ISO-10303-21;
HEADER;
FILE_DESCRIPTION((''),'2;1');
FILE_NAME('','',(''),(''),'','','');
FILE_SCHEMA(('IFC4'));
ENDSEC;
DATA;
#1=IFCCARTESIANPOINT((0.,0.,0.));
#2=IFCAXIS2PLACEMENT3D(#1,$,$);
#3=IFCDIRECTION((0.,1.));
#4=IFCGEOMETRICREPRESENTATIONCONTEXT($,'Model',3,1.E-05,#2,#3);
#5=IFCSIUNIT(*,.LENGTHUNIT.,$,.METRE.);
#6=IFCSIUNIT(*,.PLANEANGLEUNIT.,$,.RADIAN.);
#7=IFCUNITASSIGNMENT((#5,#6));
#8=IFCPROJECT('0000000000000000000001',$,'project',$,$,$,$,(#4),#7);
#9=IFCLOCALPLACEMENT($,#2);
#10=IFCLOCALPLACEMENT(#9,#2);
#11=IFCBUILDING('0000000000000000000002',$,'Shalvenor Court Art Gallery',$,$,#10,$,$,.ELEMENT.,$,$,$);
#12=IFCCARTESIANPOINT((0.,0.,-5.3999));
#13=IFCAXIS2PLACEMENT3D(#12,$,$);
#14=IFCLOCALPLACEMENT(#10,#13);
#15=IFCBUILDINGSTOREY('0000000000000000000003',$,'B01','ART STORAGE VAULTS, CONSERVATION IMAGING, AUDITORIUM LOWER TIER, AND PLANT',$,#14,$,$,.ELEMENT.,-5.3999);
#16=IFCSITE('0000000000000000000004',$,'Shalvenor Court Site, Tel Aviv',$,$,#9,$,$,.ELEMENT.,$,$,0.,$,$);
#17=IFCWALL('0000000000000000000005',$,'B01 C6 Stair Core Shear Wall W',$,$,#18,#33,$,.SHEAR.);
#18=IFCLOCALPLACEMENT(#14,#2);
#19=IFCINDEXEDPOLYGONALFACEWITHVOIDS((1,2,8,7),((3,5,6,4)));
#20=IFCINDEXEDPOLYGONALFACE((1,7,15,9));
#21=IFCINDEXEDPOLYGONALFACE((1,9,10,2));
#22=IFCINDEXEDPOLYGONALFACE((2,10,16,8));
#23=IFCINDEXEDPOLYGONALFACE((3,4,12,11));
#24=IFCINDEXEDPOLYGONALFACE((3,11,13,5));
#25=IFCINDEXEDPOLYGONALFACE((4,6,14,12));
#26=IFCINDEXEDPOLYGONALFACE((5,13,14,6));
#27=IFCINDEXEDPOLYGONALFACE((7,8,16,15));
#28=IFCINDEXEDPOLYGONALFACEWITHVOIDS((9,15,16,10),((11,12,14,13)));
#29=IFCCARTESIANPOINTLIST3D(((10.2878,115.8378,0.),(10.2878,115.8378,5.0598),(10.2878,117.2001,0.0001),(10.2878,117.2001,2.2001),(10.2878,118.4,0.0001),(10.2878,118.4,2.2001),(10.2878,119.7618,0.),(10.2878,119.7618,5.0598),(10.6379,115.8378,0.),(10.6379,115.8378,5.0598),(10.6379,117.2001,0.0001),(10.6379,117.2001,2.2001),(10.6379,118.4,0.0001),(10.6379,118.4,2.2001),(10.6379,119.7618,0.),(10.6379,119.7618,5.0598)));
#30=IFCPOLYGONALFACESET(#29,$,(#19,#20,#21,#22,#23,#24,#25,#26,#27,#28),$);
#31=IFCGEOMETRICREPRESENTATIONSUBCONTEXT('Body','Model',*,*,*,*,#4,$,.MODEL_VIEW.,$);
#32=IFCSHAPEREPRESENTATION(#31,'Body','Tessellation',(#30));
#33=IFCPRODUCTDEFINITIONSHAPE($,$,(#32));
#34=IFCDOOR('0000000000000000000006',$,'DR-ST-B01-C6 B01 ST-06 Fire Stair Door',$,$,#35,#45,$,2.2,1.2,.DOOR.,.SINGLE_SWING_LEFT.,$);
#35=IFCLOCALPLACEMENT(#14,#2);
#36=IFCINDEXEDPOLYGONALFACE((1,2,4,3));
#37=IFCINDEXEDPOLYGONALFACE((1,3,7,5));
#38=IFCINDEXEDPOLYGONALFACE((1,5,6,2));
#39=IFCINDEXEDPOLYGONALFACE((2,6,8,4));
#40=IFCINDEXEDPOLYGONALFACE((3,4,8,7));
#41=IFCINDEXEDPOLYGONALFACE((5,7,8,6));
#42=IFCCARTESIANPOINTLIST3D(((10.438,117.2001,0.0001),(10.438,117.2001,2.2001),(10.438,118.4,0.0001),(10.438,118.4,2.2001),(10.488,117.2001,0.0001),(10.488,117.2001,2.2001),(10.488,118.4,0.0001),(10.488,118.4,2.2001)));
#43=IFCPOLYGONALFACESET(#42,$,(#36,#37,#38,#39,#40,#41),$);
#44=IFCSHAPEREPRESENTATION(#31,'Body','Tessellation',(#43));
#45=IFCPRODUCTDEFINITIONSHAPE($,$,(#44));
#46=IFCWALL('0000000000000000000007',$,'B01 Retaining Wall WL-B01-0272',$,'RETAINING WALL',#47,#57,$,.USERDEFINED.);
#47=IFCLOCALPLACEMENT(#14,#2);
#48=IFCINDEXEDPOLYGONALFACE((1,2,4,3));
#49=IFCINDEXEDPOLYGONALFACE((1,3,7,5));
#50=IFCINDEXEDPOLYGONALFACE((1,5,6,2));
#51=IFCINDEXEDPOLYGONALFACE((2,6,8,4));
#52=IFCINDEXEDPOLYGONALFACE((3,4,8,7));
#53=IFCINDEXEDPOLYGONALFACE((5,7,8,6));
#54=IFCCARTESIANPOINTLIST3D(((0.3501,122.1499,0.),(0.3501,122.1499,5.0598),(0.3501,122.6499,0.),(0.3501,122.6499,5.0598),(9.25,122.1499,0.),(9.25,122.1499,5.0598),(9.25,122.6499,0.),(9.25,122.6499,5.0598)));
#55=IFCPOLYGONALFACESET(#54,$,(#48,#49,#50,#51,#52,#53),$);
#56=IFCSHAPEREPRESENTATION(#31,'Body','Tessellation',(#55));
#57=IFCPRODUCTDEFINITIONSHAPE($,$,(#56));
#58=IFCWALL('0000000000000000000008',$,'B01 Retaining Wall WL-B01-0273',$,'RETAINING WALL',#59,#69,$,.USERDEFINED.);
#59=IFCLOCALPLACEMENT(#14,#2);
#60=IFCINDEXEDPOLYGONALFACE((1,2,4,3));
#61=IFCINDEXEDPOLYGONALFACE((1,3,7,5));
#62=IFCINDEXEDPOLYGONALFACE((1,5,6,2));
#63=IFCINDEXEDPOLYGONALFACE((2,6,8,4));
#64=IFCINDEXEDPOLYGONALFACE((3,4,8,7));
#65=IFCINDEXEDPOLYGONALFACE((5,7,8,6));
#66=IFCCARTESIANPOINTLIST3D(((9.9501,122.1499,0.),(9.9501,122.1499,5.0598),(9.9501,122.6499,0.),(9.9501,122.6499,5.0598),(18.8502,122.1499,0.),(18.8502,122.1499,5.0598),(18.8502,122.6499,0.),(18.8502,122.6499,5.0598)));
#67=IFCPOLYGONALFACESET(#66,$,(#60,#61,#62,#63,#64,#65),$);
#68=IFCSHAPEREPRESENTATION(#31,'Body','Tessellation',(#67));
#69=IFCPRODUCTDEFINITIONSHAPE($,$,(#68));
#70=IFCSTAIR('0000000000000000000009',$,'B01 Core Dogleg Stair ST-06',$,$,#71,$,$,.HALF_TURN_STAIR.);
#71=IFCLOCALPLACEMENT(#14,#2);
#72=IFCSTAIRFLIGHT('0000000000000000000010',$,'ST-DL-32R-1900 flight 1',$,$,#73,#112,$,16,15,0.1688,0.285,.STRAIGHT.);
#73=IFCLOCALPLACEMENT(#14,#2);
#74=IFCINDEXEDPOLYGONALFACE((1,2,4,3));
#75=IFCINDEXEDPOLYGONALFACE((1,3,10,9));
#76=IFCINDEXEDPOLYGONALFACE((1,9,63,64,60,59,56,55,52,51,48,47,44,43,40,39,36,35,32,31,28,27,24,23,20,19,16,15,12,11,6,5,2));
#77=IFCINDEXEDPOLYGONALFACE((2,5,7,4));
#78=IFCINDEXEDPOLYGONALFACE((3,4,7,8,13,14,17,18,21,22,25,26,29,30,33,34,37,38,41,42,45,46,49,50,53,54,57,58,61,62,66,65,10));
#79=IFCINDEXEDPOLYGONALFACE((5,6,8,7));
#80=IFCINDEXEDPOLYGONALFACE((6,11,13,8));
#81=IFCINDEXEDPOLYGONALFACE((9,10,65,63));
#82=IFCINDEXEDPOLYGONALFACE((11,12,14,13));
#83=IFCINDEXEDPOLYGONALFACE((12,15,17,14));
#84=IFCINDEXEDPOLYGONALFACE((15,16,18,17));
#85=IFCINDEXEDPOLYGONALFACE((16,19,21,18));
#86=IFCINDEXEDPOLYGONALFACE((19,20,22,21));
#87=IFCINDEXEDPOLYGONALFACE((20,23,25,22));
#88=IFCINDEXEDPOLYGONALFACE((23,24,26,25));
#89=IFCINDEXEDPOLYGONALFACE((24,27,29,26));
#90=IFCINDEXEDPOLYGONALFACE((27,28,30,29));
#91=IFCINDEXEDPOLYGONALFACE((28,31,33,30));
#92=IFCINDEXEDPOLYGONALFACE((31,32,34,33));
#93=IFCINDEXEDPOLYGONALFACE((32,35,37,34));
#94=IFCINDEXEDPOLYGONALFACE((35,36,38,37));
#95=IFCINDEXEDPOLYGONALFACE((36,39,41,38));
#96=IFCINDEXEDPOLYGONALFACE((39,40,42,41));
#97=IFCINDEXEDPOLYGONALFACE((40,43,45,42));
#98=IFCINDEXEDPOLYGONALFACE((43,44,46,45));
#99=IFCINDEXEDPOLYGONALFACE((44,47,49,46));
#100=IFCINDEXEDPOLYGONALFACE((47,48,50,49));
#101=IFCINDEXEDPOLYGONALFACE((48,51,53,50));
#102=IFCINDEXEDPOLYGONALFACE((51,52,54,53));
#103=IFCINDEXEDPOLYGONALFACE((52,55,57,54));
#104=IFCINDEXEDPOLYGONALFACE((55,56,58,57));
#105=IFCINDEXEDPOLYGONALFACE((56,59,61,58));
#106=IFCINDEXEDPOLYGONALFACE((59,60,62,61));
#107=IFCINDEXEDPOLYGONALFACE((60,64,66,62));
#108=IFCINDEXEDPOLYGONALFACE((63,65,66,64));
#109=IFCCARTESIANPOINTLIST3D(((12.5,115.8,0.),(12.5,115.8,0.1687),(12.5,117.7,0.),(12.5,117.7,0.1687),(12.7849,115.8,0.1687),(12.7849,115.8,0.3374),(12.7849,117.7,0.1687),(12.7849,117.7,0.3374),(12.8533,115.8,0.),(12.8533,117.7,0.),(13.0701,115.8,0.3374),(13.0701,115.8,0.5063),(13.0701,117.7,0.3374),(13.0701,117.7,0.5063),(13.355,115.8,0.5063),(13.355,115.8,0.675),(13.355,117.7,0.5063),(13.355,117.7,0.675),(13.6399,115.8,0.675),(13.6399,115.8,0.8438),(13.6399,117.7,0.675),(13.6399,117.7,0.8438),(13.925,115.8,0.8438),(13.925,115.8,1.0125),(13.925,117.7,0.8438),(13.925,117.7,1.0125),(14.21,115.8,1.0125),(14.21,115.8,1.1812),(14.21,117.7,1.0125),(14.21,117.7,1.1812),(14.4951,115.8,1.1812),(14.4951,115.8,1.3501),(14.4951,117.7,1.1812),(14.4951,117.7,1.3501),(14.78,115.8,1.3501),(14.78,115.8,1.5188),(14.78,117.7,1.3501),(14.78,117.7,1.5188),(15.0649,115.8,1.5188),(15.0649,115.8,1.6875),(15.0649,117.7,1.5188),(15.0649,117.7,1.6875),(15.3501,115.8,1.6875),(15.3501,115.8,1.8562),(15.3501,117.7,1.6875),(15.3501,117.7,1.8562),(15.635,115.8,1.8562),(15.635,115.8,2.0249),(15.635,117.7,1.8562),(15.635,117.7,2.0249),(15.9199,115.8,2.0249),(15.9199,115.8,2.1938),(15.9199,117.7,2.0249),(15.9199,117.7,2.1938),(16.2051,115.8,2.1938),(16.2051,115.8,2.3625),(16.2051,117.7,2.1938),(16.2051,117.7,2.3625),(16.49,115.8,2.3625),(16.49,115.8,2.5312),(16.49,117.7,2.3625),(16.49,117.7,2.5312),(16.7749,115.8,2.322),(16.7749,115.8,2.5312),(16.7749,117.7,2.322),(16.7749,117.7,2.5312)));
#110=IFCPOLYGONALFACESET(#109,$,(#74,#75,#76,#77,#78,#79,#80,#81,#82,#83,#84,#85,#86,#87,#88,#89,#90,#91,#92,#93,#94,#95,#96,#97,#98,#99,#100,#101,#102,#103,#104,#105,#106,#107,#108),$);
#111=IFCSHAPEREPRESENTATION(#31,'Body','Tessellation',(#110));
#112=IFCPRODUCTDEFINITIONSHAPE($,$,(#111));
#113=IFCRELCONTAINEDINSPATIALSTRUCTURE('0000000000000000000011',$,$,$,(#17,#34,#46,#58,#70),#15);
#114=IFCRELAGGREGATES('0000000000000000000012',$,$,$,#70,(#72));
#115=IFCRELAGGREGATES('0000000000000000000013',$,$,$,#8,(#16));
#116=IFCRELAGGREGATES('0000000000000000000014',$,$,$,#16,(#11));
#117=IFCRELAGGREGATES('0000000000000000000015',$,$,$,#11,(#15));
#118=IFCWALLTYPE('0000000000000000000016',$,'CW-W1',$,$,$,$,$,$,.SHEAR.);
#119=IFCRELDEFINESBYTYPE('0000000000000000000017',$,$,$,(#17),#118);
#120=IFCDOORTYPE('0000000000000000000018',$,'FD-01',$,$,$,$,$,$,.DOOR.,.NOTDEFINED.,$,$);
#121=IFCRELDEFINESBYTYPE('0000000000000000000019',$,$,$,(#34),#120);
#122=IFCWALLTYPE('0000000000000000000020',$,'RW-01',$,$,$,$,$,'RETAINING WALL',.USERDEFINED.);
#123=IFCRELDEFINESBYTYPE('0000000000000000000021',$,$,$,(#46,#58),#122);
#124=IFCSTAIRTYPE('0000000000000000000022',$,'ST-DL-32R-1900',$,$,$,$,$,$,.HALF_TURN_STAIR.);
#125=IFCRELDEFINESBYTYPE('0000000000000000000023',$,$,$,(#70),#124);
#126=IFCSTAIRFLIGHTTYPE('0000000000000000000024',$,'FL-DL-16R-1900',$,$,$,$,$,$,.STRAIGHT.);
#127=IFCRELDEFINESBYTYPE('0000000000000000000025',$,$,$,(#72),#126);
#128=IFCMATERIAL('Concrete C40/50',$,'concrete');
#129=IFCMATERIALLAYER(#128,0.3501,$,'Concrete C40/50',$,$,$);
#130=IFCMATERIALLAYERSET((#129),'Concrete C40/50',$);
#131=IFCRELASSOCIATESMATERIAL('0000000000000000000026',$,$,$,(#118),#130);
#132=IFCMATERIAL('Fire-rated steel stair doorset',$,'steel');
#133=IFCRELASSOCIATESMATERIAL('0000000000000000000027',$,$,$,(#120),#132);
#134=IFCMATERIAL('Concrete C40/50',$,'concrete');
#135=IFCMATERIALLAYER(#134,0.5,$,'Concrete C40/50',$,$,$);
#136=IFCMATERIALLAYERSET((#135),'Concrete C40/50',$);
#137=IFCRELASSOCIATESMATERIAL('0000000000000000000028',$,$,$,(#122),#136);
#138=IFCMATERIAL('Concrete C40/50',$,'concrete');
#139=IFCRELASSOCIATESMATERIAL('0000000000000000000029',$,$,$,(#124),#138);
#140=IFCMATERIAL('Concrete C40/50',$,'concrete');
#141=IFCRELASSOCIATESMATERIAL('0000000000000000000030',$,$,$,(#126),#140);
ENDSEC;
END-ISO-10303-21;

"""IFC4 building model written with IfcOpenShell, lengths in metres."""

from ifc_helpers import new_model, si_unit, direction, frame, frame_2d, origin, place, context, subcontext, project, spatial, polyline, rectangle, outline, extrude, material, layer, layer_set, type_object, element, fill, aggregate, save


model = new_model("IFC4")

# Units and contexts
model_context = context("Model", 3, precision=1e-05, world=origin(), true_north=direction((0.0, 1.0)))
body_context = subcontext(model_context, "Body", "Model", "MODEL_VIEW")
ifc_project = project(units=[si_unit("LENGTHUNIT", "METRE"), si_unit("PLANEANGLEUNIT", "RADIAN")], contexts=[model_context])

# Site, building, storey
site_placement = place(None, origin())
site = spatial("IfcSite", under=ifc_project, at=site_placement, Name="Shalvenor Court Site, Tel Aviv", CompositionType="ELEMENT", RefElevation=0.0)
building_placement = place(site_placement, origin())
building = spatial("IfcBuilding", under=site, at=building_placement, Name="Shalvenor Court Art Gallery", CompositionType="ELEMENT")
storey_placement = place(building_placement, frame((0.0, 0.0, -5.3999)))
storey = spatial("IfcBuildingStorey", under=building, at=storey_placement, Name="B01", Description="ART STORAGE VAULTS, CONSERVATION IMAGING, AUDITORIUM LOWER TIER, AND PLANT", CompositionType="ELEMENT", Elevation=-5.3999)

# Shared definitions
ifc_material_1 = material(Name="Concrete C40/50", Category="concrete")
ifc_layer_1 = layer(ifc_material_1, 0.3501, Name="Concrete C40/50")
ifc_layer_set_1 = layer_set([ifc_layer_1], Name="Concrete C40/50")
wall_type_1 = type_object("IfcWallType", Name="CW-W1", PredefinedType="SHEAR", material=ifc_layer_set_1)

# Wall, opening, door
wall_1_placement = place(storey_placement, frame((10.4629, 115.8379, 0.0), z_axis=(0.0, 0.0, 1.0), x_axis=(0.0, 1.0, 0.0)))
wall_1 = element("IfcWall", 1, at=wall_1_placement, inside=storey, type_object=wall_type_1, Name="B01 C6 Stair Core Shear Wall W", PredefinedType="SHEAR", context=body_context, shape_type="SweptSolid", body=[
    extrude(rectangle(XDim=3.9241, YDim=0.3501, at=frame_2d((1.9619, 0.0))), origin(), (0.0, 0.0, 1.0), 5.0598),
])
opening_placement = place(wall_1_placement, frame((1.3621, 0.0, 0.0)))
opening = element("IfcOpeningElement", 2, at=opening_placement, cuts=wall_1, PredefinedType="OPENING", context=body_context, shape_type="SweptSolid", body=[
    extrude(rectangle(XDim=1.2, YDim=2.2, at=frame_2d((0.6001, 1.1001))), frame((0.0, 0.1851, 0.0), z_axis=(0.0, -1.0, 0.0), x_axis=(1.0, 0.0, 0.0)), (0.0, 0.0, 1.0), 0.3701),
])
ifc_material_2 = material(Name="Fire-rated steel stair doorset", Category="steel")
door_type = type_object("IfcDoorType", Name="FD-01", OperationType="NOTDEFINED", PredefinedType="DOOR", material=ifc_material_2)
door_placement = place(opening_placement, origin())
door = element("IfcDoor", 3, at=door_placement, inside=storey, type_object=door_type, Name="DR-ST-B01-C6 B01 ST-06 Fire Stair Door", OperationType="SINGLE_SWING_LEFT", OverallHeight=2.2, OverallWidth=1.2, PredefinedType="DOOR", context=body_context, shape_type="SweptSolid", body=[
    extrude(rectangle(XDim=1.2, YDim=2.2, at=frame_2d((0.6001, 1.1001))), frame((0.0, 0.0249, 0.0), z_axis=(0.0, -1.0, 0.0), x_axis=(1.0, 0.0, 0.0)), (0.0, 0.0, 1.0), 0.05),
])
fill(opening, door)

# Walls
ifc_material_3 = material(Name="Concrete C40/50", Category="concrete")
ifc_layer_2 = layer(ifc_material_3, 0.5, Name="Concrete C40/50")
ifc_layer_set_2 = layer_set([ifc_layer_2], Name="Concrete C40/50")
wall_type_2 = type_object("IfcWallType", Name="RW-01", ElementType="RETAINING WALL", PredefinedType="USERDEFINED", material=ifc_layer_set_2)
wall_2_placement = place(storey_placement, frame((0.3501, 122.3999, 0.0), z_axis=(0.0, 0.0, 1.0), x_axis=(1.0, 0.0, 0.0)))
element("IfcWall", 4, at=wall_2_placement, inside=storey, type_object=wall_type_2, Name="B01 Retaining Wall WL-B01-0272", ObjectType="RETAINING WALL", PredefinedType="USERDEFINED", context=body_context, shape_type="SweptSolid", body=[
    extrude(rectangle(XDim=8.8999, YDim=0.5, at=frame_2d((4.45, 0.0))), origin(), (0.0, 0.0, 1.0), 5.0598),
])
wall_3_placement = place(storey_placement, frame((9.95, 122.3999, 0.0), z_axis=(0.0, 0.0, 1.0), x_axis=(1.0, 0.0, 0.0)))
element("IfcWall", 5, at=wall_3_placement, inside=storey, type_object=wall_type_2, Name="B01 Retaining Wall WL-B01-0273", ObjectType="RETAINING WALL", PredefinedType="USERDEFINED", context=body_context, shape_type="SweptSolid", body=[
    extrude(rectangle(XDim=8.9001, YDim=0.5, at=frame_2d((4.4502, 0.0))), origin(), (0.0, 0.0, 1.0), 5.0598),
])

# Stair, stair flight
ifc_material_4 = material(Name="Concrete C40/50", Category="concrete")
stair_type = type_object("IfcStairType", Name="ST-DL-32R-1900", PredefinedType="HALF_TURN_STAIR", material=ifc_material_4)
stair_placement = place(storey_placement, origin())
stair = element("IfcStair", 6, at=stair_placement, inside=storey, type_object=stair_type, Name="B01 Core Dogleg Stair ST-06", PredefinedType="HALF_TURN_STAIR")
ifc_material_5 = material(Name="Concrete C40/50", Category="concrete")
stair_flight_type = type_object("IfcStairFlightType", Name="FL-DL-16R-1900", PredefinedType="STRAIGHT", material=ifc_material_5)
stair_flight_placement = place(storey_placement, frame((12.5, 116.75, 0.0), z_axis=(0.0, 0.0, 1.0), x_axis=(1.0, 0.0, 0.0)))
stair_flight = element("IfcStairFlight", 7, at=stair_flight_placement, type_object=stair_flight_type, Name="ST-DL-32R-1900 flight 1", NumberOfRisers=16, NumberOfTreads=15, PredefinedType="STRAIGHT", RiserHeight=0.1688, TreadLength=0.285, context=body_context, shape_type="SweptSolid", body=[
    extrude(outline(polyline([(0.0, 0.0), (0.0, 0.1687), (0.2849, 0.1687), (0.2849, 0.3374), (0.5701, 0.3374), (0.5701, 0.5063), (0.855, 0.5063), (0.855, 0.675), (1.1399, 0.675), (1.1399, 0.8438), (1.425, 0.8438), (1.425, 1.0125), (1.71, 1.0125), (1.71, 1.1812), (1.9951, 1.1812), (1.9951, 1.3501), (2.28, 1.3501), (2.28, 1.5188), (2.5649, 1.5188), (2.5649, 1.6875), (2.8501, 1.6875), (2.8501, 1.8562), (3.135, 1.8562), (3.135, 2.0249), (3.4199, 2.0249), (3.4199, 2.1938), (3.7051, 2.1938), (3.7051, 2.3625), (3.99, 2.3625), (3.99, 2.5312), (4.2749, 2.5312), (4.2749, 2.7), (4.2749, 2.322), (0.3533, 0.0), (0.0, 0.0)])), frame((0.0, 0.95, 0.0), z_axis=(0.0, -1.0, 0.0), x_axis=(1.0, 0.0, 0.0)), (0.0, 0.0, 1.0), 1.8999),
])
aggregate(stair, [stair_flight])

save(model, "model.ifc")
